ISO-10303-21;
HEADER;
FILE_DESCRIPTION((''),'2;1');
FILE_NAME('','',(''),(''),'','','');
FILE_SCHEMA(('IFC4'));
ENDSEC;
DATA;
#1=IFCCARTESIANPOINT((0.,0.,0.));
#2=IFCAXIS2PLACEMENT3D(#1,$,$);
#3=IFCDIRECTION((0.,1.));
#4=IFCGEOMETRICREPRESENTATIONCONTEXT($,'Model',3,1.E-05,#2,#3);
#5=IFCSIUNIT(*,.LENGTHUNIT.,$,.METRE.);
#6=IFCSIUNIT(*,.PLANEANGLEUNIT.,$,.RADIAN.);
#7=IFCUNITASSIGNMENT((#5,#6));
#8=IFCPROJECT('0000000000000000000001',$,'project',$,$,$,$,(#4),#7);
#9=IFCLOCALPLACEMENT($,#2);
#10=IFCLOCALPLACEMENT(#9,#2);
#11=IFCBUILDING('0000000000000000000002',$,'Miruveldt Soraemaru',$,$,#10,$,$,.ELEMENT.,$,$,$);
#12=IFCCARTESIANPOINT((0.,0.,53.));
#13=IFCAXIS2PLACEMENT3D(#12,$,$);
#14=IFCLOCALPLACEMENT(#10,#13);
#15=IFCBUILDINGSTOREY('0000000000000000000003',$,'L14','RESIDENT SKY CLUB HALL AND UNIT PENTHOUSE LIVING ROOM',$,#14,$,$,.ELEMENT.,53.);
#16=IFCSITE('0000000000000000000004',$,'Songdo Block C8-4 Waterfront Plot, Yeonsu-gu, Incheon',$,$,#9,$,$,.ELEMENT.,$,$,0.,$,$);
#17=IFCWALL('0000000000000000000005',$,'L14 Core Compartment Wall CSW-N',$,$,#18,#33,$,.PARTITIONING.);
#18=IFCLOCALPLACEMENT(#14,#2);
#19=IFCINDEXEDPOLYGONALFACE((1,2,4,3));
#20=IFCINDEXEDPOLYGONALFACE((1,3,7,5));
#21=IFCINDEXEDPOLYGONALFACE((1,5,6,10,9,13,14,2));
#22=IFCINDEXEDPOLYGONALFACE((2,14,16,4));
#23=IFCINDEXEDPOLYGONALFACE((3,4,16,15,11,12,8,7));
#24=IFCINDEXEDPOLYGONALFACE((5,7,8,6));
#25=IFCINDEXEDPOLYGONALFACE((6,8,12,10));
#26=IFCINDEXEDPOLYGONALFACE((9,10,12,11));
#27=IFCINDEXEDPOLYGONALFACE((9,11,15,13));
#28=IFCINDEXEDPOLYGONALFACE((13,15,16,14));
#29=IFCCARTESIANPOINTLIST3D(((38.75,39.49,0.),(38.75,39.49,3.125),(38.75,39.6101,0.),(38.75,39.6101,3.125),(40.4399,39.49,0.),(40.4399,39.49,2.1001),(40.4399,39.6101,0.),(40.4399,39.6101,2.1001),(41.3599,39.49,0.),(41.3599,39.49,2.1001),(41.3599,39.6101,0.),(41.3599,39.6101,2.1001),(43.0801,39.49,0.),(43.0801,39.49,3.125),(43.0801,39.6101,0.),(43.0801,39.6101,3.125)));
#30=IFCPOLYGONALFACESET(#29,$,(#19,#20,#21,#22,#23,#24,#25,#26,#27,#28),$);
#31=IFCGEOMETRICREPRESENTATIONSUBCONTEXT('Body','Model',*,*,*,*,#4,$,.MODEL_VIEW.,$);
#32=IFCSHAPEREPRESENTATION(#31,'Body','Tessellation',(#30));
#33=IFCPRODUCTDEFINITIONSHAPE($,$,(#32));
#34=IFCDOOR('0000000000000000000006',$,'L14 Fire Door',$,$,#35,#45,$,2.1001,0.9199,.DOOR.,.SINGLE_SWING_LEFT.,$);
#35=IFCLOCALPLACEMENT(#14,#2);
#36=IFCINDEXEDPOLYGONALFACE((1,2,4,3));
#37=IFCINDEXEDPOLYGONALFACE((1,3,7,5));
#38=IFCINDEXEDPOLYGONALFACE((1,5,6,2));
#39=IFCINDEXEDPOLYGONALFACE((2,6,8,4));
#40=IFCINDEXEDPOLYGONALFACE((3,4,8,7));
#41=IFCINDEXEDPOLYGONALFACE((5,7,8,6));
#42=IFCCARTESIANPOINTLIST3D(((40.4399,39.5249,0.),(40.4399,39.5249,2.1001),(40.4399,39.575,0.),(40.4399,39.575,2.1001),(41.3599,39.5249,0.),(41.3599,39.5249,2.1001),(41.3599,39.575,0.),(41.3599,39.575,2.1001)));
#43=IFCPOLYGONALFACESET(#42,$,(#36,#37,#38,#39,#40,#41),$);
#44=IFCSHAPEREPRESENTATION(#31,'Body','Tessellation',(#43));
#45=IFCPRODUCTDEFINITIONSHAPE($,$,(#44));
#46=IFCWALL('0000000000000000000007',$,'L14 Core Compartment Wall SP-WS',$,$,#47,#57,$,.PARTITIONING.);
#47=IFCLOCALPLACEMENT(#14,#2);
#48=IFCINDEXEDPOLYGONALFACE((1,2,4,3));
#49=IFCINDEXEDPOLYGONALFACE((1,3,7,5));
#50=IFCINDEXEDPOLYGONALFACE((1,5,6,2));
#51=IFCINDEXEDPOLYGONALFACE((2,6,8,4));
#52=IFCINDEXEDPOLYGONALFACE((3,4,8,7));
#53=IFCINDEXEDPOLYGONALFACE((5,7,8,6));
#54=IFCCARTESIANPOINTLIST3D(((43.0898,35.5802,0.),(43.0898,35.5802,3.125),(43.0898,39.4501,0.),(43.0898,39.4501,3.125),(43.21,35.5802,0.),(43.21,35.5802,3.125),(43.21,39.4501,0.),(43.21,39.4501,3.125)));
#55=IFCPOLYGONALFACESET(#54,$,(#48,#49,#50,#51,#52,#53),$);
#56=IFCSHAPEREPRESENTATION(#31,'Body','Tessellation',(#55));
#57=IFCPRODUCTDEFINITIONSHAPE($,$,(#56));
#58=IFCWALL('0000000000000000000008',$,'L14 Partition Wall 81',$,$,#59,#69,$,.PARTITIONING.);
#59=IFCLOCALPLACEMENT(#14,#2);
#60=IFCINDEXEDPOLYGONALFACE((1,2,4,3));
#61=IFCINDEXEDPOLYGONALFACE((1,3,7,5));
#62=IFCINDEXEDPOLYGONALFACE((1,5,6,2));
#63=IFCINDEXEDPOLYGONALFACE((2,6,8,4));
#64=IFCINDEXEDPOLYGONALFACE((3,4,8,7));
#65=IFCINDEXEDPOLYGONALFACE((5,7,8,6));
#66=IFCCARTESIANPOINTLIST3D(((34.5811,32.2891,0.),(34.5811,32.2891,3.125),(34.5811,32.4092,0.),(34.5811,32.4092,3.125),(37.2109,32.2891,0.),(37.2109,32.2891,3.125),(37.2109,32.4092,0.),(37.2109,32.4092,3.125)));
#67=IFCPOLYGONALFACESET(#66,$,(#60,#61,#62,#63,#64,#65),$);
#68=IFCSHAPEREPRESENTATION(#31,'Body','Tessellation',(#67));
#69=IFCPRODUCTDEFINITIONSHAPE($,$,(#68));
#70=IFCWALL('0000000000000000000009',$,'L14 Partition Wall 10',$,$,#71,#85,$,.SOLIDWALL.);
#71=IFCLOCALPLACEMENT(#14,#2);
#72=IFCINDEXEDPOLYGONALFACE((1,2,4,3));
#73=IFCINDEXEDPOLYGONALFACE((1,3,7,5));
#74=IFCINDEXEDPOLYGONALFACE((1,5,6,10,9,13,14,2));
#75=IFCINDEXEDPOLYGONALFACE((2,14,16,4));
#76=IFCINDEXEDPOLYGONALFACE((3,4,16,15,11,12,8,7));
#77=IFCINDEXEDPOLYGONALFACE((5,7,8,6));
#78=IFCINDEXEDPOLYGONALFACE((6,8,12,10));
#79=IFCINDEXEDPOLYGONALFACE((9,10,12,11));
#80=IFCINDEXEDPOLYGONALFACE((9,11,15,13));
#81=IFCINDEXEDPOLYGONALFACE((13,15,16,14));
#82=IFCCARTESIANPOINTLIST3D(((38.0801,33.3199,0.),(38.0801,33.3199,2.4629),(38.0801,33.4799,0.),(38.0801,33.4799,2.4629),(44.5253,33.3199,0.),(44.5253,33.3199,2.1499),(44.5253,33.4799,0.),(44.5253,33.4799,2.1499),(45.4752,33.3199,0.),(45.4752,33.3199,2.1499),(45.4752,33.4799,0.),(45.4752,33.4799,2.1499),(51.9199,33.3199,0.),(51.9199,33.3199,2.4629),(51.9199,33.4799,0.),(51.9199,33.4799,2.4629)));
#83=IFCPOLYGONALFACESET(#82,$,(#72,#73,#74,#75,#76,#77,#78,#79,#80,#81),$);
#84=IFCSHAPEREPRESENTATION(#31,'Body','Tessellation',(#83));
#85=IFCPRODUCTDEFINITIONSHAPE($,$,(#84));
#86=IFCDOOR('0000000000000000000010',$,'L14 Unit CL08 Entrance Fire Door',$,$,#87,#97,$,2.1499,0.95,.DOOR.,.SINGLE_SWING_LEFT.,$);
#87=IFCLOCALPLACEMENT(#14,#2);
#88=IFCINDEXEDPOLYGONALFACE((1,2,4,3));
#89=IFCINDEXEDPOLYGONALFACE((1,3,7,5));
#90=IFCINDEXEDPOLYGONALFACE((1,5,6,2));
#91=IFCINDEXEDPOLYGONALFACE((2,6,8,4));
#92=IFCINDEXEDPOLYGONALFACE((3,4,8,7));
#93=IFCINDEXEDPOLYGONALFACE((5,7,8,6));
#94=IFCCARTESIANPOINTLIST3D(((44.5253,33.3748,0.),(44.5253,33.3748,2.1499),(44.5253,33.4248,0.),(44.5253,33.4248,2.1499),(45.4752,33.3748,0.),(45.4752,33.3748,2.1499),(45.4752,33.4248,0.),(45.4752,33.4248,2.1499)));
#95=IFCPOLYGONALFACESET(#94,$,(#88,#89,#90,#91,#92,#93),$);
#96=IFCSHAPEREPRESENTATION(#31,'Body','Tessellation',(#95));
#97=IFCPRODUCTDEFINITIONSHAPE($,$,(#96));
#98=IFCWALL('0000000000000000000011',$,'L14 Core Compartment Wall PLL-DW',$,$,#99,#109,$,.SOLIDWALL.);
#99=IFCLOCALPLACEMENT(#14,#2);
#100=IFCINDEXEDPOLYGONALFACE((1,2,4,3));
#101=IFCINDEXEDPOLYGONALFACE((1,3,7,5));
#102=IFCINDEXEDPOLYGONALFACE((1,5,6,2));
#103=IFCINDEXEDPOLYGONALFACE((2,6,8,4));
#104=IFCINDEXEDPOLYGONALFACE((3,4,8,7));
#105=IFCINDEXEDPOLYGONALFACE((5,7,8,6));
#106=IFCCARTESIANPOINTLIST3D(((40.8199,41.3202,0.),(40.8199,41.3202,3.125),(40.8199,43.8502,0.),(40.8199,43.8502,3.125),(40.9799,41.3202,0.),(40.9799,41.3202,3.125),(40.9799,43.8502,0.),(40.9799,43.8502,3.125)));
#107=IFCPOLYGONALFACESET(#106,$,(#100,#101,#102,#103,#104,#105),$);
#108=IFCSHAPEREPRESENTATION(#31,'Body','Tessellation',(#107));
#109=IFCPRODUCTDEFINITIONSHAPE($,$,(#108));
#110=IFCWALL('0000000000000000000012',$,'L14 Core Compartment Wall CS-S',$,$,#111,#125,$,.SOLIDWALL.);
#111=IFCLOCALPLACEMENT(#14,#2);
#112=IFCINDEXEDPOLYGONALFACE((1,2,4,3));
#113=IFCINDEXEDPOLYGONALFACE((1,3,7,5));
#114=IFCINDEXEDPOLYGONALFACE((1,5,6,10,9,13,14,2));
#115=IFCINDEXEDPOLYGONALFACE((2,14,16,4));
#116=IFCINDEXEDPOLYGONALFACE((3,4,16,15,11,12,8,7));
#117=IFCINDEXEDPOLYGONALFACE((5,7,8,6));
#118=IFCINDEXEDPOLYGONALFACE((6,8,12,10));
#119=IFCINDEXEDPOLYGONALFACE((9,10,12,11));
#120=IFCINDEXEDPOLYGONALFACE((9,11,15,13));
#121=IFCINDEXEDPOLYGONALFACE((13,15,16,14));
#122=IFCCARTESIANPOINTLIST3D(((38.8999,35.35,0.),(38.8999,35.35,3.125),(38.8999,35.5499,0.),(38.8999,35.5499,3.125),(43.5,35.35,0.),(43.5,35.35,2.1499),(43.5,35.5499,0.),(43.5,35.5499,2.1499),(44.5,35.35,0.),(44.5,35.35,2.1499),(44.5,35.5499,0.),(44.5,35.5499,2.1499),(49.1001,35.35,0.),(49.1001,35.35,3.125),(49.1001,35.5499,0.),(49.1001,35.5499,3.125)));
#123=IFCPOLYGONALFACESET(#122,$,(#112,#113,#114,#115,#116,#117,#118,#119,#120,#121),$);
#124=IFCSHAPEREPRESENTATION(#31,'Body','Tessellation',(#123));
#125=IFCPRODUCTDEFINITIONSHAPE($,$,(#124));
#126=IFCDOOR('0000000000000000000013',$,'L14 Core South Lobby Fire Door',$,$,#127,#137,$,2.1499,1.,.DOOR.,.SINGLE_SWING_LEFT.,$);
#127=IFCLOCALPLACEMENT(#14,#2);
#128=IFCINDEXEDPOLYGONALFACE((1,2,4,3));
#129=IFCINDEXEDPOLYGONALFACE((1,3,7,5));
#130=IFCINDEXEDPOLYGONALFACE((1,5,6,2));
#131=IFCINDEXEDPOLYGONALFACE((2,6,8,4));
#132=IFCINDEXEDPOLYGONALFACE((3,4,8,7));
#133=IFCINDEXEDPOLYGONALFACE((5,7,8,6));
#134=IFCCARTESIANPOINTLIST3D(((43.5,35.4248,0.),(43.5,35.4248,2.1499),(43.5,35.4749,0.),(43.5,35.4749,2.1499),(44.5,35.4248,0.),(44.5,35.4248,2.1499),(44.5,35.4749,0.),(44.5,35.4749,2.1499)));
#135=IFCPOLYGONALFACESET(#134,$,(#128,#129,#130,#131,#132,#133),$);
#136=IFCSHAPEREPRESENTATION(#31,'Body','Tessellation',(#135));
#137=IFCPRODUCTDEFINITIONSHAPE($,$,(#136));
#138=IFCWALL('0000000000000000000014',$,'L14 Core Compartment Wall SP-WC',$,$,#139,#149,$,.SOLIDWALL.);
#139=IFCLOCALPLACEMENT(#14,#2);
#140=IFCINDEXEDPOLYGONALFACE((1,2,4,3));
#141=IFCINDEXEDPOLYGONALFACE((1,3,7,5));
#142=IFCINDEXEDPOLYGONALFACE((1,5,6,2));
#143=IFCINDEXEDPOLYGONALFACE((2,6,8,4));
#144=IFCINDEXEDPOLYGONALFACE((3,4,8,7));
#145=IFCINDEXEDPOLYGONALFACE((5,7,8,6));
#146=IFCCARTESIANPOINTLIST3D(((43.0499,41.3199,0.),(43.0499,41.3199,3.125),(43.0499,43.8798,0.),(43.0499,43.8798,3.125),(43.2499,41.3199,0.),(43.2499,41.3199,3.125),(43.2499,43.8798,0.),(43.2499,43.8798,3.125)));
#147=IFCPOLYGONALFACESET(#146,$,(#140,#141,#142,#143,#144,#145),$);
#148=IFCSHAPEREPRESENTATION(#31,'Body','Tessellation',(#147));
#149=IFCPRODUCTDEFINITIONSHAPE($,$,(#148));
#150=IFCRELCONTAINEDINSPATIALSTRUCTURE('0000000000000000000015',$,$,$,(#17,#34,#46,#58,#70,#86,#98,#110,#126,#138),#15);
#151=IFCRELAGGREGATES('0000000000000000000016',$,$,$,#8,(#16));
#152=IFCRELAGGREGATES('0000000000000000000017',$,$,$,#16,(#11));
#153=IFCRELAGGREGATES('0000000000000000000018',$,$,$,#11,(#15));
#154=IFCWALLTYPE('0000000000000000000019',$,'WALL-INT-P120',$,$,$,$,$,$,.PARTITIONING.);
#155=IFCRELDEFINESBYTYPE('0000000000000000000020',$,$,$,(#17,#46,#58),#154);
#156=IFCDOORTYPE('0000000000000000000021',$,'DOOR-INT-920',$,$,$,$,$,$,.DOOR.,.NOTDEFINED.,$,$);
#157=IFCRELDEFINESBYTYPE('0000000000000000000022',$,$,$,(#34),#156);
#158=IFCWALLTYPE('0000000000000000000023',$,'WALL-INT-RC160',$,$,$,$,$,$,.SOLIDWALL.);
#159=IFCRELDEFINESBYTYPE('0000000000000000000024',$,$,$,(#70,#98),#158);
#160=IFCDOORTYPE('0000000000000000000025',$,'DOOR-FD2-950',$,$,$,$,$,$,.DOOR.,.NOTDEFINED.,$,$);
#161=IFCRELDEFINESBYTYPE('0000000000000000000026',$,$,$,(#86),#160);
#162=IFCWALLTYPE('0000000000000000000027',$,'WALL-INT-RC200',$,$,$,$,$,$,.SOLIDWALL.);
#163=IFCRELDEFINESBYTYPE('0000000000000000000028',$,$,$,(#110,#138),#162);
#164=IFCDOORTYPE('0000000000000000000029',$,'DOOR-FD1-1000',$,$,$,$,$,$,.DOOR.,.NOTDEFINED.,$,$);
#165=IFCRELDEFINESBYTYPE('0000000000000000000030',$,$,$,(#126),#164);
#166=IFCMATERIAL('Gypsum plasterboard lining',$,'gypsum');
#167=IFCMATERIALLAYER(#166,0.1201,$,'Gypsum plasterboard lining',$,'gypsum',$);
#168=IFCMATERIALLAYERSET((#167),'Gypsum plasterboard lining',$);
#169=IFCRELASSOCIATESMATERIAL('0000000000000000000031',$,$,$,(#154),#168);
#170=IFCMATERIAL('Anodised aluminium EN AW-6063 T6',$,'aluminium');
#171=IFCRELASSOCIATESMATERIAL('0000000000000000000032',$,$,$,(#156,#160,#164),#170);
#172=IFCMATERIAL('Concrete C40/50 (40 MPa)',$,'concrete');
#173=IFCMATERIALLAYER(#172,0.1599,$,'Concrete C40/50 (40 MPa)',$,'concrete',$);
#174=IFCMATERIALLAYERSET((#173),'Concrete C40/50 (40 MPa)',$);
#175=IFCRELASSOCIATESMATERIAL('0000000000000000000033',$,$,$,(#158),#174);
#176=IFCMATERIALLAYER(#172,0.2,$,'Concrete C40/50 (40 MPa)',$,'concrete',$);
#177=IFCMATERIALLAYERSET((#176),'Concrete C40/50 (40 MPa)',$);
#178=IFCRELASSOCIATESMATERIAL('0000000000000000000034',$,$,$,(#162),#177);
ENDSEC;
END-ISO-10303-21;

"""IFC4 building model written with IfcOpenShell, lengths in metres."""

from ifc_helpers import new_model, si_unit, direction, frame, frame_2d, origin, place, context, subcontext, project, spatial, rectangle, extrude, material, layer, layer_set, type_object, element, fill, save


model = new_model("IFC4")

# Units and contexts
model_context = context("Model", 3, precision=1e-05, world=origin(), true_north=direction((0.0, 1.0)))
body_context = subcontext(model_context, "Body", "Model", "MODEL_VIEW")
ifc_project = project(units=[si_unit("LENGTHUNIT", "METRE"), si_unit("PLANEANGLEUNIT", "RADIAN")], contexts=[model_context])

# Site, building, storey
site_placement = place(None, origin())
site = spatial("IfcSite", under=ifc_project, at=site_placement, Name="Songdo Block C8-4 Waterfront Plot, Yeonsu-gu, Incheon", CompositionType="ELEMENT", RefElevation=0.0)
building_placement = place(site_placement, origin())
building = spatial("IfcBuilding", under=site, at=building_placement, Name="Miruveldt Soraemaru", CompositionType="ELEMENT")
storey_placement = place(building_placement, frame((0.0, 0.0, 53.0)))
storey = spatial("IfcBuildingStorey", under=building, at=storey_placement, Name="L14", Description="RESIDENT SKY CLUB HALL AND UNIT PENTHOUSE LIVING ROOM", CompositionType="ELEMENT", Elevation=53.0)

# Wall, opening, door
ifc_material_1 = material(Name="Gypsum plasterboard lining", Category="gypsum")
ifc_layer_1 = layer(ifc_material_1, 0.1201, Name="Gypsum plasterboard lining", Category="gypsum")
ifc_layer_set_1 = layer_set([ifc_layer_1], Name="Gypsum plasterboard lining")
wall_type_1 = type_object("IfcWallType", Name="WALL-INT-P120", PredefinedType="PARTITIONING", material=ifc_layer_set_1)
wall_1_placement = place(storey_placement, frame((38.75, 39.55, 0.0), z_axis=(0.0, 0.0, 1.0), x_axis=(1.0, 0.0, 0.0)))
wall_1 = element("IfcWall", 1, at=wall_1_placement, inside=storey, type_object=wall_type_1, Name="L14 Core Compartment Wall CSW-N", PredefinedType="PARTITIONING", context=body_context, shape_type="SweptSolid", body=[
    extrude(rectangle(XDim=4.3301, YDim=0.1201, at=frame_2d((2.165, 0.0))), origin(), (0.0, 0.0, 1.0), 3.125),
])
opening_1_placement = place(wall_1_placement, frame((1.6899, 0.0, 0.0)))
opening_1 = element("IfcOpeningElement", 2, at=opening_1_placement, cuts=wall_1, PredefinedType="OPENING", context=body_context, shape_type="SweptSolid", body=[
    extrude(rectangle(XDim=0.9199, YDim=2.1001, at=frame_2d((0.46, 1.05))), frame((0.0, 0.0701, 0.0), z_axis=(0.0, -1.0, 0.0), x_axis=(1.0, 0.0, 0.0)), (0.0, 0.0, 1.0), 0.1401),
])
ifc_material_2 = material(Name="Anodised aluminium EN AW-6063 T6", Category="aluminium")
door_type_1 = type_object("IfcDoorType", Name="DOOR-INT-920", OperationType="NOTDEFINED", PredefinedType="DOOR", material=ifc_material_2)
door_1_placement = place(opening_1_placement, origin())
door_1 = element("IfcDoor", 3, at=door_1_placement, inside=storey, type_object=door_type_1, Name="L14 Fire Door", OperationType="SINGLE_SWING_LEFT", OverallHeight=2.1001, OverallWidth=0.9199, PredefinedType="DOOR", context=body_context, shape_type="SweptSolid", body=[
    extrude(rectangle(XDim=0.9199, YDim=2.1001, at=frame_2d((0.46, 1.05))), frame((0.0, 0.0249, 0.0), z_axis=(0.0, -1.0, 0.0), x_axis=(1.0, 0.0, 0.0)), (0.0, 0.0, 1.0), 0.05),
])
fill(opening_1, door_1)

# Walls
wall_2_placement = place(storey_placement, frame((43.1499, 35.5801, 0.0), z_axis=(0.0, 0.0, 1.0), x_axis=(0.0, 1.0, 0.0)))
element("IfcWall", 4, at=wall_2_placement, inside=storey, type_object=wall_type_1, Name="L14 Core Compartment Wall SP-WS", PredefinedType="PARTITIONING", context=body_context, shape_type="SweptSolid", body=[
    extrude(rectangle(XDim=3.8699, YDim=0.1201, at=frame_2d((1.9351, 0.0))), origin(), (0.0, 0.0, 1.0), 3.125),
])
wall_3_placement = place(storey_placement, frame((37.2109, 32.3491, 0.0), z_axis=(0.0, 0.0, 1.0), x_axis=(-1.0, 0.0, 0.0)))
element("IfcWall", 5, at=wall_3_placement, inside=storey, type_object=wall_type_1, Name="L14 Partition Wall 81", PredefinedType="PARTITIONING", context=body_context, shape_type="SweptSolid", body=[
    extrude(rectangle(XDim=2.6299, YDim=0.1201, at=frame_2d((1.3149, 0.0))), origin(), (0.0, 0.0, 1.0), 3.125),
])

# Wall, opening, door
ifc_material_3 = material(Name="Concrete C40/50 (40 MPa)", Category="concrete")
ifc_layer_2 = layer(ifc_material_3, 0.1599, Name="Concrete C40/50 (40 MPa)", Category="concrete")
ifc_layer_set_2 = layer_set([ifc_layer_2], Name="Concrete C40/50 (40 MPa)")
wall_type_2 = type_object("IfcWallType", Name="WALL-INT-RC160", PredefinedType="SOLIDWALL", material=ifc_layer_set_2)
wall_4_placement = place(storey_placement, frame((38.0801, 33.3999, 0.0), z_axis=(0.0, 0.0, 1.0), x_axis=(1.0, 0.0, 0.0)))
wall_4 = element("IfcWall", 6, at=wall_4_placement, inside=storey, type_object=wall_type_2, Name="L14 Partition Wall 10", PredefinedType="SOLIDWALL", context=body_context, shape_type="SweptSolid", body=[
    extrude(rectangle(XDim=13.8398, YDim=0.1599, at=frame_2d((6.9199, 0.0))), origin(), (0.0, 0.0, 1.0), 2.4629),
])
opening_2_placement = place(wall_4_placement, frame((6.4451, 0.0, 0.0)))
opening_2 = element("IfcOpeningElement", 7, at=opening_2_placement, cuts=wall_4, PredefinedType="OPENING", context=body_context, shape_type="SweptSolid", body=[
    extrude(rectangle(XDim=0.95, YDim=2.1499, at=frame_2d((0.4751, 1.075))), frame((0.0, 0.0898, 0.0), z_axis=(0.0, -1.0, 0.0), x_axis=(1.0, 0.0, 0.0)), (0.0, 0.0, 1.0), 0.1799),
])
door_type_2 = type_object("IfcDoorType", Name="DOOR-FD2-950", OperationType="NOTDEFINED", PredefinedType="DOOR", material=ifc_material_2)
door_2_placement = place(opening_2_placement, origin())
door_2 = element("IfcDoor", 8, at=door_2_placement, inside=storey, type_object=door_type_2, Name="L14 Unit CL08 Entrance Fire Door", OperationType="SINGLE_SWING_LEFT", OverallHeight=2.1499, OverallWidth=0.95, PredefinedType="DOOR", context=body_context, shape_type="SweptSolid", body=[
    extrude(rectangle(XDim=0.95, YDim=2.1499, at=frame_2d((0.4751, 1.075))), frame((0.0, 0.0249, 0.0), z_axis=(0.0, -1.0, 0.0), x_axis=(1.0, 0.0, 0.0)), (0.0, 0.0, 1.0), 0.05),
])
fill(opening_2, door_2)

# Wall
wall_5_placement = place(storey_placement, frame((40.8999, 41.3201, 0.0), z_axis=(0.0, 0.0, 1.0), x_axis=(0.0, 1.0, 0.0)))
element("IfcWall", 9, at=wall_5_placement, inside=storey, type_object=wall_type_2, Name="L14 Core Compartment Wall PLL-DW", PredefinedType="SOLIDWALL", context=body_context, shape_type="SweptSolid", body=[
    extrude(rectangle(XDim=2.53, YDim=0.1599, at=frame_2d((1.2651, 0.0))), origin(), (0.0, 0.0, 1.0), 3.125),
])

# Wall, opening, door
ifc_layer_3 = layer(ifc_material_3, 0.2, Name="Concrete C40/50 (40 MPa)", Category="concrete")
ifc_layer_set_3 = layer_set([ifc_layer_3], Name="Concrete C40/50 (40 MPa)")
wall_type_3 = type_object("IfcWallType", Name="WALL-INT-RC200", PredefinedType="SOLIDWALL", material=ifc_layer_set_3)
wall_6_placement = place(storey_placement, frame((38.8999, 35.45, 0.0), z_axis=(0.0, 0.0, 1.0), x_axis=(1.0, 0.0, 0.0)))
wall_6 = element("IfcWall", 10, at=wall_6_placement, inside=storey, type_object=wall_type_3, Name="L14 Core Compartment Wall CS-S", PredefinedType="SOLIDWALL", context=body_context, shape_type="SweptSolid", body=[
    extrude(rectangle(XDim=10.2002, YDim=0.2, at=frame_2d((5.1001, 0.0))), origin(), (0.0, 0.0, 1.0), 3.125),
])
opening_3_placement = place(wall_6_placement, frame((4.6001, 0.0, 0.0)))
opening_3 = element("IfcOpeningElement", 11, at=opening_3_placement, cuts=wall_6, PredefinedType="OPENING", context=body_context, shape_type="SweptSolid", body=[
    extrude(rectangle(XDim=1.0, YDim=2.1499, at=frame_2d((0.5, 1.075))), frame((0.0, 0.1099, 0.0), z_axis=(0.0, -1.0, 0.0), x_axis=(1.0, 0.0, 0.0)), (0.0, 0.0, 1.0), 0.22),
])
door_type_3 = type_object("IfcDoorType", Name="DOOR-FD1-1000", OperationType="NOTDEFINED", PredefinedType="DOOR", material=ifc_material_2)
door_3_placement = place(opening_3_placement, origin())
door_3 = element("IfcDoor", 12, at=door_3_placement, inside=storey, type_object=door_type_3, Name="L14 Core South Lobby Fire Door", OperationType="SINGLE_SWING_LEFT", OverallHeight=2.1499, OverallWidth=1.0, PredefinedType="DOOR", context=body_context, shape_type="SweptSolid", body=[
    extrude(rectangle(XDim=1.0, YDim=2.1499, at=frame_2d((0.5, 1.075))), frame((0.0, 0.0249, 0.0), z_axis=(0.0, -1.0, 0.0), x_axis=(1.0, 0.0, 0.0)), (0.0, 0.0, 1.0), 0.05),
])
fill(opening_3, door_3)

# Wall
wall_7_placement = place(storey_placement, frame((43.1499, 41.3201, 0.0), z_axis=(0.0, 0.0, 1.0), x_axis=(0.0, 1.0, 0.0)))
element("IfcWall", 13, at=wall_7_placement, inside=storey, type_object=wall_type_3, Name="L14 Core Compartment Wall SP-WC", PredefinedType="SOLIDWALL", context=body_context, shape_type="SweptSolid", body=[
    extrude(rectangle(XDim=2.5598, YDim=0.2, at=frame_2d((1.2798, 0.0))), origin(), (0.0, 0.0, 1.0), 3.125),
])

save(model, "model.ifc")
